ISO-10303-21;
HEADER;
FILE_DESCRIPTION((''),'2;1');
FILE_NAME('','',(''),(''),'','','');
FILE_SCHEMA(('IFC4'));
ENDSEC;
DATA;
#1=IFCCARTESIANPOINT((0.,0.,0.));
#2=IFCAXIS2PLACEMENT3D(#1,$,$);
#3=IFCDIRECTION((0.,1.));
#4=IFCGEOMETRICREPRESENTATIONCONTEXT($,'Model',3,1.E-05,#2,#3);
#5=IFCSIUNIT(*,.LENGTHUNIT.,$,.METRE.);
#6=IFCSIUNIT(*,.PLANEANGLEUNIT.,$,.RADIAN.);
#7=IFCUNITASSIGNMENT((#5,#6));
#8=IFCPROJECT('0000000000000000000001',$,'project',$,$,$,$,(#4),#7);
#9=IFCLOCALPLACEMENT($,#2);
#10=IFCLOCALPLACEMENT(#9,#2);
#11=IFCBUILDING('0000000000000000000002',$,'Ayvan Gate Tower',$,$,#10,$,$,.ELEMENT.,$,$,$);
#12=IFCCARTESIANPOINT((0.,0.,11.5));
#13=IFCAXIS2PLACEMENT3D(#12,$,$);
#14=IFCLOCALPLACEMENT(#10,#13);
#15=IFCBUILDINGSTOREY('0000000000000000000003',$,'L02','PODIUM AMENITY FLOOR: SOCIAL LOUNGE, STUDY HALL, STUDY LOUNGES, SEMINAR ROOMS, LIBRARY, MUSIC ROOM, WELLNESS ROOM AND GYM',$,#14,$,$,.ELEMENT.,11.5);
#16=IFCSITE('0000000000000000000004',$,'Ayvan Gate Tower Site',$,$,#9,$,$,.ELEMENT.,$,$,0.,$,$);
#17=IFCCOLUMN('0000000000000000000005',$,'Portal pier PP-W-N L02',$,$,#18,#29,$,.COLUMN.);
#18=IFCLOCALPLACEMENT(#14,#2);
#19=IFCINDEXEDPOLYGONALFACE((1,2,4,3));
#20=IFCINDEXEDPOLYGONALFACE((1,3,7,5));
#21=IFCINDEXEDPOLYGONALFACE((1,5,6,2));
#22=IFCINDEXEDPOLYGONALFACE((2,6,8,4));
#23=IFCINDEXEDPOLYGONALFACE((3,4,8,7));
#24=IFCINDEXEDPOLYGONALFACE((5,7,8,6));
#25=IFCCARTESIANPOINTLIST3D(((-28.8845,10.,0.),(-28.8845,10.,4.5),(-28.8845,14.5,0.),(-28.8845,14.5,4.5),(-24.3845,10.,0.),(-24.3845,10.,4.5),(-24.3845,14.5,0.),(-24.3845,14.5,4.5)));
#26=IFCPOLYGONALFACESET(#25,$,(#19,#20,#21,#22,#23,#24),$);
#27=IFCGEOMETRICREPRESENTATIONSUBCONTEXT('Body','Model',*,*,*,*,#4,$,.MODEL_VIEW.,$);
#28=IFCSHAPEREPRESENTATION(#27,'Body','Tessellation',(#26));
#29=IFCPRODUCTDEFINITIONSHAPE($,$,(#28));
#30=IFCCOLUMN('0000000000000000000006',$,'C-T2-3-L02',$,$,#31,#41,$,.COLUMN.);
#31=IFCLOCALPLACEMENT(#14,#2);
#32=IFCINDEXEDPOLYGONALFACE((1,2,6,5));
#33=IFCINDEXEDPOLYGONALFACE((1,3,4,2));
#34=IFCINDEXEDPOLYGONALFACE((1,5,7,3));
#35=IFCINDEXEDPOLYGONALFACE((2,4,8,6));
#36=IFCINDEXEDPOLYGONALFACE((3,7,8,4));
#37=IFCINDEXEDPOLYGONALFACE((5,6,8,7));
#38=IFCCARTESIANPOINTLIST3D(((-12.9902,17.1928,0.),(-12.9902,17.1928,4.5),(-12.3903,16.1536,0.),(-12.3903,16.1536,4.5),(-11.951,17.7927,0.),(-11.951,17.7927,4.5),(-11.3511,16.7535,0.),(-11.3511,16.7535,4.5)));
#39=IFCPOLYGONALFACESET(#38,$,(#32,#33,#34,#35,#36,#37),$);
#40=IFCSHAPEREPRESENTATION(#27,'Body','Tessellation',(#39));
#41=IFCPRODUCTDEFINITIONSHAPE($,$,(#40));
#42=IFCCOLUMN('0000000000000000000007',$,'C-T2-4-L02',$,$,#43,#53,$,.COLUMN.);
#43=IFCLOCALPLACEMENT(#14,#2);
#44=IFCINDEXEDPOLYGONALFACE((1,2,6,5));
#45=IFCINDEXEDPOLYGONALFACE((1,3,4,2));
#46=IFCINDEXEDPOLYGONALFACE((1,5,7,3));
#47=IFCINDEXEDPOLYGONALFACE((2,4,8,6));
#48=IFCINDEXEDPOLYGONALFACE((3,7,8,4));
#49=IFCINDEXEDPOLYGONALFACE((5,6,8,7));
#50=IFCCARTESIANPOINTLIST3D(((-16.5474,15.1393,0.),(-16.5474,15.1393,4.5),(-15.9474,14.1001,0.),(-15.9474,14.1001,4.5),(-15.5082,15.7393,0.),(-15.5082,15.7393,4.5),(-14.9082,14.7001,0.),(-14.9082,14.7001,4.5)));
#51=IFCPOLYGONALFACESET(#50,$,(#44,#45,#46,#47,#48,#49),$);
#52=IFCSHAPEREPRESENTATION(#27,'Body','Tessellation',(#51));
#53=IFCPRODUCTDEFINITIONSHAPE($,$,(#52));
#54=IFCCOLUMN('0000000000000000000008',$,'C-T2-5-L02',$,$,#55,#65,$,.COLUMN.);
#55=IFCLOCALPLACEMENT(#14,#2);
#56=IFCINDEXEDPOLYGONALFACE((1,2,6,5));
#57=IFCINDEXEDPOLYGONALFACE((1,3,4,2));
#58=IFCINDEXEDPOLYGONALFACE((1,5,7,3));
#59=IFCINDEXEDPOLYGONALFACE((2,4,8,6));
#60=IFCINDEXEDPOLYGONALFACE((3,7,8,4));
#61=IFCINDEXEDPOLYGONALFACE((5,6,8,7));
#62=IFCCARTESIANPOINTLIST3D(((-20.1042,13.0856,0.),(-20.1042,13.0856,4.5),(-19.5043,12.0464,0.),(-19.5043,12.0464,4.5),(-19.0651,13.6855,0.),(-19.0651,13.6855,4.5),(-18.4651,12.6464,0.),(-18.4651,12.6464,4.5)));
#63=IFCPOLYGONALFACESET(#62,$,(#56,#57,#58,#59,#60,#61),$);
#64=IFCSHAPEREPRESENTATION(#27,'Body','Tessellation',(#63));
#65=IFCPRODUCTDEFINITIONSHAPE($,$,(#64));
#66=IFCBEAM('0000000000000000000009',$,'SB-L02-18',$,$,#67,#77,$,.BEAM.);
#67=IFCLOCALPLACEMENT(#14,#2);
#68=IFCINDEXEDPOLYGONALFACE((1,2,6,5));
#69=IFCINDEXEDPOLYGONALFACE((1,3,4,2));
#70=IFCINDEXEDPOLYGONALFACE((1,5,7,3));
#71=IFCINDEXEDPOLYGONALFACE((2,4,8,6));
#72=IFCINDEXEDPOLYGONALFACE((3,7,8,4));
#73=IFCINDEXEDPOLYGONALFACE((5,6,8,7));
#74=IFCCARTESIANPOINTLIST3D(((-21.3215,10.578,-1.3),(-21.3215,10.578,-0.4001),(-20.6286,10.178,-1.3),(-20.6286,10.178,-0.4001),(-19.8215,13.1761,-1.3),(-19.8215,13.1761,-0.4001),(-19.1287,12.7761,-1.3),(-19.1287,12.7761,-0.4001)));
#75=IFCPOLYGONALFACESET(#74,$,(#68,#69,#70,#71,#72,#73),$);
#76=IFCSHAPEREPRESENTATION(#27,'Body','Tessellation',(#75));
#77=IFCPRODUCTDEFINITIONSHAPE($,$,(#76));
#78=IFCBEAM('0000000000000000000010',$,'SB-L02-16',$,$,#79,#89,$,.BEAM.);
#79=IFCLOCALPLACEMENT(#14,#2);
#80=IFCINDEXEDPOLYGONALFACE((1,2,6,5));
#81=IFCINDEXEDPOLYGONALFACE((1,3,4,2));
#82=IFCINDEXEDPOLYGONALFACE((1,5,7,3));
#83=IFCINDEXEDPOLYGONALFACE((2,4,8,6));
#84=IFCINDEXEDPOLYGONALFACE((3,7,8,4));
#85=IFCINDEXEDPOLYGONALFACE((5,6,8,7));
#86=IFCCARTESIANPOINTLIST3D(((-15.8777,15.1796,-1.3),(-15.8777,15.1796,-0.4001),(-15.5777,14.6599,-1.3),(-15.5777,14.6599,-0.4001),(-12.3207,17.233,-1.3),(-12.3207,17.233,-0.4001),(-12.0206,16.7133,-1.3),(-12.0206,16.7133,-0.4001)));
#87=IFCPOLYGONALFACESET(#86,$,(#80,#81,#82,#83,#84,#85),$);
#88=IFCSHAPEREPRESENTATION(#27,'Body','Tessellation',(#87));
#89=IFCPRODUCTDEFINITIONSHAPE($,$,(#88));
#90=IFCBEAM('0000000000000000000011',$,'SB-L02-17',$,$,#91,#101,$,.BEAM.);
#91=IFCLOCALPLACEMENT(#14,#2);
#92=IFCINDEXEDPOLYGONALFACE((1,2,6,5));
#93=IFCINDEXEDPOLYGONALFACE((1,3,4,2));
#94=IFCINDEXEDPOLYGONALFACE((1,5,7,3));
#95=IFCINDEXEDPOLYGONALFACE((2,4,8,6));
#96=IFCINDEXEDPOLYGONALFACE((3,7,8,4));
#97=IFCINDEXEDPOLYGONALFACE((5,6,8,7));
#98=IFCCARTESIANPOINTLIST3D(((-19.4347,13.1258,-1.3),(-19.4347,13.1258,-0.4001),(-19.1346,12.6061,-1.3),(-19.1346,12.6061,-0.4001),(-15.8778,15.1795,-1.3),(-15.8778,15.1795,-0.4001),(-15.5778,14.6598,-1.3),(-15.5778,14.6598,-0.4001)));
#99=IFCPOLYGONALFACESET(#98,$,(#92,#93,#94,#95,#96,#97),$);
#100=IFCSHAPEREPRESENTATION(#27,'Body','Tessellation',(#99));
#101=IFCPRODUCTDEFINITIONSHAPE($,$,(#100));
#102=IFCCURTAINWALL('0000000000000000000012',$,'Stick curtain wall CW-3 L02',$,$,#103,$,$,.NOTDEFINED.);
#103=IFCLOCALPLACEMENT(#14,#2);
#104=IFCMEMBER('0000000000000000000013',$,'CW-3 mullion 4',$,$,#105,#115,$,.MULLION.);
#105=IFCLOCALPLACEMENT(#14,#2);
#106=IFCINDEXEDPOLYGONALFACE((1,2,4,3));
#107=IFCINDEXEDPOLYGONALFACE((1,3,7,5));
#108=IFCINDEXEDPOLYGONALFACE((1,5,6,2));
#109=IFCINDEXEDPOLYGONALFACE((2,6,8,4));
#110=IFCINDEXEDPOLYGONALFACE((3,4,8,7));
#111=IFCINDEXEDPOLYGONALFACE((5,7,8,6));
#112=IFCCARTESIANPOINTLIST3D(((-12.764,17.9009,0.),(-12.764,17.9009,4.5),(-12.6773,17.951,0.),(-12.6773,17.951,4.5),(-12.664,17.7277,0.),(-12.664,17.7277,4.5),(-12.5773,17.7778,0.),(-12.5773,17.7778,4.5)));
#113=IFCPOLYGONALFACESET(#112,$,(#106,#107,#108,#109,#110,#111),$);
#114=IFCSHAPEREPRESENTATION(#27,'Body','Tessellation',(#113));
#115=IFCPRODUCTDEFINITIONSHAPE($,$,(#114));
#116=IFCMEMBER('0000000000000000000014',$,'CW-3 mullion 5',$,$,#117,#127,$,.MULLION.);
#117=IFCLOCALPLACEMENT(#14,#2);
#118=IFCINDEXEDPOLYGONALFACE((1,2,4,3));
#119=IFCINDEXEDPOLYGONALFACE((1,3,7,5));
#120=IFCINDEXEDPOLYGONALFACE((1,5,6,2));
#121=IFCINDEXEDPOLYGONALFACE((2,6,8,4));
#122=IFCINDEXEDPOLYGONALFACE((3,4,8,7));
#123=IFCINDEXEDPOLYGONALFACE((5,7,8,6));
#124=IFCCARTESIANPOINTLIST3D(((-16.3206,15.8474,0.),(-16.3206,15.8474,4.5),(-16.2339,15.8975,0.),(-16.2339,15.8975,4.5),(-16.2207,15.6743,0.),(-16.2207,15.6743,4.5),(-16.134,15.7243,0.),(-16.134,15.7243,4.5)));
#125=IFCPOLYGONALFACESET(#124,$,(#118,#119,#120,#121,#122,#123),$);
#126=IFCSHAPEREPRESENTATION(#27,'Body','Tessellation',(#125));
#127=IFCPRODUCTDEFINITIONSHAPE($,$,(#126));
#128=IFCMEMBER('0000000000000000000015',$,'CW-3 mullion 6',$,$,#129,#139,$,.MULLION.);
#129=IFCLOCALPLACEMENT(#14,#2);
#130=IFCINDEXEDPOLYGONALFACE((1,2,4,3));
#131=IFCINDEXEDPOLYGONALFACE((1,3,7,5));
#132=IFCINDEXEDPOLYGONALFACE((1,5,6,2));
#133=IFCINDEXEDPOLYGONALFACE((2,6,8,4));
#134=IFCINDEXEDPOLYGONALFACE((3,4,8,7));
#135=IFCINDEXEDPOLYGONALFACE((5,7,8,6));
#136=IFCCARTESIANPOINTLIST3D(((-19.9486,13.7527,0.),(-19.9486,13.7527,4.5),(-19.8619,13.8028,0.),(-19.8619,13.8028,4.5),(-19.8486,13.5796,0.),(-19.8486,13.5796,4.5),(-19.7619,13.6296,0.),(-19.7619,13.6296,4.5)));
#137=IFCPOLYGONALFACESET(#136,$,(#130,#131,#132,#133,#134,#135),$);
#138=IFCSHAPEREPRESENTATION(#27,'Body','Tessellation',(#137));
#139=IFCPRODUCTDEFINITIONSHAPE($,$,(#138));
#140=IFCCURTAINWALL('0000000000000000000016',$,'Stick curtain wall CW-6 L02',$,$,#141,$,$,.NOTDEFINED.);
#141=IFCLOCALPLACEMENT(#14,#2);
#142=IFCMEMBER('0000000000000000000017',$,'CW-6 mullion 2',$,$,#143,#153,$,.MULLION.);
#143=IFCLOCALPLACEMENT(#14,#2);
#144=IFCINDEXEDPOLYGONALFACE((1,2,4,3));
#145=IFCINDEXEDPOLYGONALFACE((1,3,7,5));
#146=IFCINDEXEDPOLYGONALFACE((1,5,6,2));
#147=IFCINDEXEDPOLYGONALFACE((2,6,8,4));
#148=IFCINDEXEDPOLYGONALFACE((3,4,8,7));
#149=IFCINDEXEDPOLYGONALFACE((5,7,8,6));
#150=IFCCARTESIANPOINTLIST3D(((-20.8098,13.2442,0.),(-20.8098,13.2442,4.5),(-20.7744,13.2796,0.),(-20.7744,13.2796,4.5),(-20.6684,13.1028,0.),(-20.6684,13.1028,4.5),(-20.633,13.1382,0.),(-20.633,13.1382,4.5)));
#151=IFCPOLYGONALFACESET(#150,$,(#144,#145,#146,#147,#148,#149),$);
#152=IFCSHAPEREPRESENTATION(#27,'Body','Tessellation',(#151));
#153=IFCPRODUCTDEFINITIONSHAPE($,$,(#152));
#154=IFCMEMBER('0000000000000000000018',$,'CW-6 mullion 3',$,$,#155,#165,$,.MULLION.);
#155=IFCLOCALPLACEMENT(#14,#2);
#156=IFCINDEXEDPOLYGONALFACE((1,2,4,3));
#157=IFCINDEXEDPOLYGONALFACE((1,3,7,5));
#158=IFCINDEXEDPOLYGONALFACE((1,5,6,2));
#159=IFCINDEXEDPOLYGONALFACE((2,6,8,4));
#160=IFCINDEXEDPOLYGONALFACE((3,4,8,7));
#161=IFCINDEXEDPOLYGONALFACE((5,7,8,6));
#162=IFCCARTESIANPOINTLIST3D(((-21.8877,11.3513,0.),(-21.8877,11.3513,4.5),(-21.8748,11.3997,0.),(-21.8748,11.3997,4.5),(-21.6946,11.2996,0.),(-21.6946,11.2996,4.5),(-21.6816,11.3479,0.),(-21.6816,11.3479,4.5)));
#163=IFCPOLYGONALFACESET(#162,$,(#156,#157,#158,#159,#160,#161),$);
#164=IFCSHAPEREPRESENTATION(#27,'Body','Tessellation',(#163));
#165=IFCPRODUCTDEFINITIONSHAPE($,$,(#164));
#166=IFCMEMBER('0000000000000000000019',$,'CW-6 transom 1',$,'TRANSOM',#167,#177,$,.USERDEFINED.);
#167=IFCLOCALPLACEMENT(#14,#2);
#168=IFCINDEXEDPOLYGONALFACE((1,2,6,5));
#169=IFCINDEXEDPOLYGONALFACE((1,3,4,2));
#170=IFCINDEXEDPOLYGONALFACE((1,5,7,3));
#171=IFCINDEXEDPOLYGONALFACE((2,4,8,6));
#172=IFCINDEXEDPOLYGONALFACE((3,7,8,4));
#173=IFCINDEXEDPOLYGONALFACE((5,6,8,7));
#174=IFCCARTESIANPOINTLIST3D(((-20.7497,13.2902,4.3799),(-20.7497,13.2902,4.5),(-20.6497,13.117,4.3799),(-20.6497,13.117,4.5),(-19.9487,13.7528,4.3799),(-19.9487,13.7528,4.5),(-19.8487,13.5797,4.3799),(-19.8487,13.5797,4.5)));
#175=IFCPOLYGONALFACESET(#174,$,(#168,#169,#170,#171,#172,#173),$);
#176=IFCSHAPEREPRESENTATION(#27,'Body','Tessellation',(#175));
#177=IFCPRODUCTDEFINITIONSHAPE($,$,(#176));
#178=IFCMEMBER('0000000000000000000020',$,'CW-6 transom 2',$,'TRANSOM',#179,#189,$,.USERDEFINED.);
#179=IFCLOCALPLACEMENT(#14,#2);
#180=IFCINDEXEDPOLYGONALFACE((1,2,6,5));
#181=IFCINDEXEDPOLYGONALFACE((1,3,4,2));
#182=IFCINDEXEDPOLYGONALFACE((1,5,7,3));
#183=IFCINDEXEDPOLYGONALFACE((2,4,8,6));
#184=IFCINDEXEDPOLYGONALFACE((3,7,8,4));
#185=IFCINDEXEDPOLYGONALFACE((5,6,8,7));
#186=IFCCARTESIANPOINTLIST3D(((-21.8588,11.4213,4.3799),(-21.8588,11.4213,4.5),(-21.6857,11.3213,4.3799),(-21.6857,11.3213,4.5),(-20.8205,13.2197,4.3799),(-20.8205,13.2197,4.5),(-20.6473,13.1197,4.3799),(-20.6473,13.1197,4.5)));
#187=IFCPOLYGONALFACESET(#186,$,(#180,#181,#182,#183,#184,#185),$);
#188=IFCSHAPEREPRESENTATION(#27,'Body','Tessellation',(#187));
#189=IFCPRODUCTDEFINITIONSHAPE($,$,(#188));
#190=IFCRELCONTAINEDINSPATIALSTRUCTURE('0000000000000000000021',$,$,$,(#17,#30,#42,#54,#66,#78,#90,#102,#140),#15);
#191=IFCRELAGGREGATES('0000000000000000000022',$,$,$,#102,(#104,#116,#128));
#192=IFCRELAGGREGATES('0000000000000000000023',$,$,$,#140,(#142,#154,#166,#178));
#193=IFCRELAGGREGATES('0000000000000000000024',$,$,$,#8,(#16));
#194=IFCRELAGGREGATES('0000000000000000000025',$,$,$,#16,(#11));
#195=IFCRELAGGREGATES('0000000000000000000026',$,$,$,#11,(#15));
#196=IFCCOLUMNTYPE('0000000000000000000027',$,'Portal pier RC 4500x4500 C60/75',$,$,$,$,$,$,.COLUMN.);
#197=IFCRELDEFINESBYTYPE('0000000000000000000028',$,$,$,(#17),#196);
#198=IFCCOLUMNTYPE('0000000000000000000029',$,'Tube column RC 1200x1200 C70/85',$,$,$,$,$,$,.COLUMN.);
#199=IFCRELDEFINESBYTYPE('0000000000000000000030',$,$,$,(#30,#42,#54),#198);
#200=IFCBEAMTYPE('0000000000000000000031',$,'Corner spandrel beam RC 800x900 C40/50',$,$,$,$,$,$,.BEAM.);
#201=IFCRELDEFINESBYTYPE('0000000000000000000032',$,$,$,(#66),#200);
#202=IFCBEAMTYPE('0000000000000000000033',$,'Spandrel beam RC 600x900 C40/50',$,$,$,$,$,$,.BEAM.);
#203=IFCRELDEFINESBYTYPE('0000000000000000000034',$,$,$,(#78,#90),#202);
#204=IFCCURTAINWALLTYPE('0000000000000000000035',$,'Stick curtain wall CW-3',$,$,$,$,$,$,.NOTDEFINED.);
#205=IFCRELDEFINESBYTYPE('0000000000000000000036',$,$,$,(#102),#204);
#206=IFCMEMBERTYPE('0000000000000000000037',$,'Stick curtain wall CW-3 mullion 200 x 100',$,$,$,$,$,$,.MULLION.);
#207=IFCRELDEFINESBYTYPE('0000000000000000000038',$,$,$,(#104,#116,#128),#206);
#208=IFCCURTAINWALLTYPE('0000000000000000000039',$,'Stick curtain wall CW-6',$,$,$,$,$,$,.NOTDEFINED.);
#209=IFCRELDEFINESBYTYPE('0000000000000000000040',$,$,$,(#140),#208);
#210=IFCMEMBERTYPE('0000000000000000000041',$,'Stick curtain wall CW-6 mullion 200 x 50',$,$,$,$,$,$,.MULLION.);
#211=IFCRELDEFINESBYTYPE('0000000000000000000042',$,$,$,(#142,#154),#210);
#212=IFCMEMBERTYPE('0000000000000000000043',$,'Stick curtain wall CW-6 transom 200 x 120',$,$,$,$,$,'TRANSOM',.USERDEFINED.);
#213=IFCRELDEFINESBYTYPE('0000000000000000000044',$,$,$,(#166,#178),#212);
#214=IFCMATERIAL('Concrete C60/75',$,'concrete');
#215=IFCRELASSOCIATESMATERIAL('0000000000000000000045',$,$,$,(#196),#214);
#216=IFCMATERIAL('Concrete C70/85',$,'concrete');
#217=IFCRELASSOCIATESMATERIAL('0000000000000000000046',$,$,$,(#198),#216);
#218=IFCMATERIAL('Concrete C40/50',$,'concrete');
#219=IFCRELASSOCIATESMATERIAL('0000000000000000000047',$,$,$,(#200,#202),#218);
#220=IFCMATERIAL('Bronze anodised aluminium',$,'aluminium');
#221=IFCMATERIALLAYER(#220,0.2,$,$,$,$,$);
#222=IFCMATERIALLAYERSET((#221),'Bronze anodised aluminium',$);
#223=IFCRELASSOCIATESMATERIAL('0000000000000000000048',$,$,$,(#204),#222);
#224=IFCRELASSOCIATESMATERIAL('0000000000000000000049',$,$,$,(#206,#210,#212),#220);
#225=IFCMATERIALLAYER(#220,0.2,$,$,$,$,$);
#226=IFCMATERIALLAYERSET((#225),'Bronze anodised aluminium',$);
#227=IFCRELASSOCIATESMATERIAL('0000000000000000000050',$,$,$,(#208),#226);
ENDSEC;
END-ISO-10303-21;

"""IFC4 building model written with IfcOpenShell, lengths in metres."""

from ifc_helpers import new_model, si_unit, direction, frame, origin, origin_2d, place, context, subcontext, project, spatial, rectangle, extrude, material, layer, layer_set, material_profile, profile_set, type_object, element, aggregate, save


model = new_model("IFC4")

# Units and contexts
model_context = context("Model", 3, precision=1e-05, world=origin(), true_north=direction((0.0, 1.0)))
body_context = subcontext(model_context, "Body", "Model", "MODEL_VIEW")
ifc_project = project(units=[si_unit("LENGTHUNIT", "METRE"), si_unit("PLANEANGLEUNIT", "RADIAN")], contexts=[model_context])

# Site, building, storey
site_placement = place(None, origin())
site = spatial("IfcSite", under=ifc_project, at=site_placement, Name="Ayvan Gate Tower Site", CompositionType="ELEMENT", RefElevation=0.0)
building_placement = place(site_placement, origin())
building = spatial("IfcBuilding", under=site, at=building_placement, Name="Ayvan Gate Tower", CompositionType="ELEMENT")
storey_placement = place(building_placement, frame((0.0, 0.0, 11.5)))
storey = spatial("IfcBuildingStorey", under=building, at=storey_placement, Name="L02", Description="PODIUM AMENITY FLOOR: SOCIAL LOUNGE, STUDY HALL, STUDY LOUNGES, SEMINAR ROOMS, LIBRARY, MUSIC ROOM, WELLNESS ROOM AND GYM", CompositionType="ELEMENT", Elevation=11.5)

# Columns
ifc_material_1 = material(Name="Concrete C60/75", Category="concrete")
ifc_material_profile_1 = material_profile(ifc_material_1, rectangle(XDim=4.5, YDim=4.5, at=origin_2d()), Name="RC 4500x4500")
ifc_profile_set_1 = profile_set([ifc_material_profile_1], Name="Concrete C60/75")
column_type_1 = type_object("IfcColumnType", Name="Portal pier RC 4500x4500 C60/75", PredefinedType="COLUMN", material=ifc_profile_set_1)
column_placement = place(storey_placement, frame((-26.6345, 12.25, 0.0), z_axis=(0.0, 0.0, 1.0), x_axis=(-1.0, 0.0, 0.0)))
element("IfcColumn", 1, at=column_placement, inside=storey, type_object=column_type_1, Name="Portal pier PP-W-N L02", PredefinedType="COLUMN", context=body_context, shape_type="SweptSolid", body=[
    extrude(rectangle(XDim=4.5, YDim=4.5, at=origin_2d()), origin(), (0.0, 0.0, 1.0), 4.5),
])
ifc_material_2 = material(Name="Concrete C70/85", Category="concrete")
ifc_material_profile_2 = material_profile(ifc_material_2, rectangle(XDim=1.2, YDim=1.2, at=origin_2d()), Name="RC 1200x1200")
ifc_profile_set_2 = profile_set([ifc_material_profile_2], Name="Concrete C70/85")
column_type_2 = type_object("IfcColumnType", Name="Tube column RC 1200x1200 C70/85", PredefinedType="COLUMN", material=ifc_profile_set_2)
for number, where, z_axis, x_axis, name in (
    (2, (-12.1707, 16.9731, 0.0), (0.0, 0.0, 1.0), (-0.5, 0.866025, 0.0), "C-T2-3-L02"),
    (3, (-15.7278, 14.9197, 0.0), (0.0, 0.0, 1.0), (-0.5, 0.866025, 0.0), "C-T2-4-L02"),
    (4, (-19.2847, 12.866, 0.0), (0.0, 0.0, 1.0), (-0.5, 0.866025, 0.0), "C-T2-5-L02"),
):
    element("IfcColumn", number, at=place(storey_placement, frame(where, z_axis=z_axis, x_axis=x_axis)), inside=storey, type_object=column_type_2, Name=name, PredefinedType="COLUMN", context=body_context, shape_type="SweptSolid", body=[
        extrude(rectangle(XDim=1.2, YDim=1.2, at=origin_2d()), origin(), (0.0, 0.0, 1.0), 4.5),
    ])

# Beams
ifc_material_3 = material(Name="Concrete C40/50", Category="concrete")
ifc_material_profile_3 = material_profile(ifc_material_3, rectangle(XDim=0.8, YDim=0.8999, at=origin_2d()), Name="RC 800x900")
ifc_profile_set_3 = profile_set([ifc_material_profile_3], Name="Concrete C40/50")
beam_type_1 = type_object("IfcBeamType", Name="Corner spandrel beam RC 800x900 C40/50", PredefinedType="BEAM", material=ifc_profile_set_3)
beam_placement = place(storey_placement, frame((-19.4751, 12.9761, -0.8501), z_axis=(-0.49999, -0.866031, 0.0), x_axis=(0.866031, -0.49999, 0.0)))
element("IfcBeam", 5, at=beam_placement, inside=storey, type_object=beam_type_1, Name="SB-L02-18", PredefinedType="BEAM", context=body_context, shape_type="SweptSolid", body=[
    extrude(rectangle(XDim=0.8, YDim=0.8999, at=origin_2d()), origin(), (0.0, 0.0, 1.0), 3.0),
])
ifc_material_profile_4 = material_profile(ifc_material_3, rectangle(XDim=0.6001, YDim=0.8999, at=origin_2d()), Name="RC 600x900")
ifc_profile_set_4 = profile_set([ifc_material_profile_4], Name="Concrete C40/50")
beam_type_2 = type_object("IfcBeamType", Name="Spandrel beam RC 600x900 C40/50", PredefinedType="BEAM", material=ifc_profile_set_4)
for number, where, z_axis, x_axis, name in (
    (6, (-12.1707, 16.9731, -0.8501), (-0.866051, -0.499956, 0.0), (0.499956, -0.866051, 0.0), "SB-L02-16"),
    (7, (-15.7278, 14.9197, -0.8501), (-0.86601, -0.500026, 0.0), (0.500026, -0.86601, 0.0), "SB-L02-17"),
):
    element("IfcBeam", number, at=place(storey_placement, frame(where, z_axis=z_axis, x_axis=x_axis)), inside=storey, type_object=beam_type_2, Name=name, PredefinedType="BEAM", context=body_context, shape_type="SweptSolid", body=[
        extrude(rectangle(XDim=0.6001, YDim=0.8999, at=origin_2d()), origin(), (0.0, 0.0, 1.0), 4.1072),
    ])

# Curtain walls, members
ifc_material_4 = material(Name="Bronze anodised aluminium", Category="aluminium")
ifc_layer_1 = layer(ifc_material_4, 0.2)
ifc_layer_set_1 = layer_set([ifc_layer_1], Name="Bronze anodised aluminium")
curtain_wall_type_1 = type_object("IfcCurtainWallType", Name="Stick curtain wall CW-3", PredefinedType="NOTDEFINED", material=ifc_layer_set_1)
curtain_wall_1_placement = place(storey_placement, origin())
curtain_wall_1 = element("IfcCurtainWall", 8, at=curtain_wall_1_placement, inside=storey, type_object=curtain_wall_type_1, Name="Stick curtain wall CW-3 L02", PredefinedType="NOTDEFINED")
ifc_material_profile_5 = material_profile(ifc_material_4, rectangle(XDim=0.2, YDim=0.1001, at=origin_2d()), Name="Stick curtain wall CW-3 mullion 200 x 100")
ifc_profile_set_5 = profile_set([ifc_material_profile_5], Name="Bronze anodised aluminium")
member_type_1 = type_object("IfcMemberType", Name="Stick curtain wall CW-3 mullion 200 x 100", PredefinedType="MULLION", material=ifc_profile_set_5)
member_1_placement = place(storey_placement, frame((-12.6707, 17.8394, 0.0), z_axis=(0.0, 0.0, 1.0), x_axis=(-0.5, 0.866025, 0.0)))
member_1 = element("IfcMember", 9, at=member_1_placement, type_object=member_type_1, Name="CW-3 mullion 4", PredefinedType="MULLION", context=body_context, shape_type="SweptSolid", body=[
    extrude(rectangle(XDim=0.2, YDim=0.1001, at=origin_2d()), origin(), (0.0, 0.0, 1.0), 4.5),
])
member_2_placement = place(storey_placement, frame((-16.2273, 15.7859, 0.0), z_axis=(0.0, 0.0, 1.0), x_axis=(-0.5, 0.866025, 0.0)))
member_2 = element("IfcMember", 10, at=member_2_placement, type_object=member_type_1, Name="CW-3 mullion 5", PredefinedType="MULLION", context=body_context, shape_type="SweptSolid", body=[
    extrude(rectangle(XDim=0.2, YDim=0.1001, at=origin_2d()), origin(), (0.0, 0.0, 1.0), 4.5),
])
member_3_placement = place(storey_placement, frame((-19.8552, 13.6912, 0.0), z_axis=(0.0, 0.0, 1.0), x_axis=(-0.5, 0.866025, 0.0)))
member_3 = element("IfcMember", 11, at=member_3_placement, type_object=member_type_1, Name="CW-3 mullion 6", PredefinedType="MULLION", context=body_context, shape_type="SweptSolid", body=[
    extrude(rectangle(XDim=0.2, YDim=0.1001, at=origin_2d()), origin(), (0.0, 0.0, 1.0), 4.5),
])
ifc_layer_2 = layer(ifc_material_4, 0.2)
ifc_layer_set_2 = layer_set([ifc_layer_2], Name="Bronze anodised aluminium")
curtain_wall_type_2 = type_object("IfcCurtainWallType", Name="Stick curtain wall CW-6", PredefinedType="NOTDEFINED", material=ifc_layer_set_2)
curtain_wall_2_placement = place(storey_placement, origin())
curtain_wall_2 = element("IfcCurtainWall", 12, at=curtain_wall_2_placement, inside=storey, type_object=curtain_wall_type_2, Name="Stick curtain wall CW-6 L02", PredefinedType="NOTDEFINED")
ifc_material_profile_6 = material_profile(ifc_material_4, rectangle(XDim=0.2, YDim=0.05, at=origin_2d()), Name="Stick curtain wall CW-6 mullion 200 x 50")
ifc_profile_set_6 = profile_set([ifc_material_profile_6], Name="Bronze anodised aluminium")
member_type_2 = type_object("IfcMemberType", Name="Stick curtain wall CW-6 mullion 200 x 50", PredefinedType="MULLION", material=ifc_profile_set_6)
member_4_placement = place(storey_placement, frame((-20.7214, 13.1912, 0.0), z_axis=(0.0, 0.0, 1.0), x_axis=(-0.707107, 0.707107, 0.0)))
member_4 = element("IfcMember", 13, at=member_4_placement, type_object=member_type_2, Name="CW-6 mullion 2", PredefinedType="MULLION", context=body_context, shape_type="SweptSolid", body=[
    extrude(rectangle(XDim=0.2, YDim=0.05, at=origin_2d()), origin(), (0.0, 0.0, 1.0), 4.5),
])
member_5_placement = place(storey_placement, frame((-21.7847, 11.3496, 0.0), z_axis=(0.0, 0.0, 1.0), x_axis=(-0.965926, 0.258819, 0.0)))
member_5 = element("IfcMember", 14, at=member_5_placement, type_object=member_type_2, Name="CW-6 mullion 3", PredefinedType="MULLION", context=body_context, shape_type="SweptSolid", body=[
    extrude(rectangle(XDim=0.2, YDim=0.05, at=origin_2d()), origin(), (0.0, 0.0, 1.0), 4.5),
])
ifc_material_profile_7 = material_profile(ifc_material_4, rectangle(XDim=0.2, YDim=0.1201, at=origin_2d()), Name="Stick curtain wall CW-6 transom 200 x 120")
ifc_profile_set_7 = profile_set([ifc_material_profile_7], Name="Bronze anodised aluminium")
member_type_3 = type_object("IfcMemberType", Name="Stick curtain wall CW-6 transom 200 x 120", ElementType="TRANSOM", PredefinedType="USERDEFINED", material=ifc_profile_set_7)
member_6_placement = place(storey_placement, frame((-19.8987, 13.6663, 4.4399), z_axis=(-0.865944, -0.500141, 0.0), x_axis=(0.500141, -0.865944, 0.0)))
member_6 = element("IfcMember", 15, at=member_6_placement, type_object=member_type_3, Name="CW-6 transom 1", ObjectType="TRANSOM", PredefinedType="USERDEFINED", context=body_context, shape_type="SweptSolid", body=[
    extrude(rectangle(XDim=0.2, YDim=0.1201, at=origin_2d()), origin(), (0.0, 0.0, 1.0), 0.925),
])
member_7_placement = place(storey_placement, frame((-20.7339, 13.1697, 4.4399), z_axis=(-0.500021, -0.866013, 0.0), x_axis=(0.866013, -0.500021, 0.0)))
member_7 = element("IfcMember", 16, at=member_7_placement, type_object=member_type_3, Name="CW-6 transom 2", ObjectType="TRANSOM", PredefinedType="USERDEFINED", context=body_context, shape_type="SweptSolid", body=[
    extrude(rectangle(XDim=0.2, YDim=0.1201, at=origin_2d()), origin(), (0.0, 0.0, 1.0), 2.0767),
])

aggregate(curtain_wall_1, [member_1, member_2, member_3])
aggregate(curtain_wall_2, [member_4, member_5, member_6, member_7])

save(model, "model.ifc")
